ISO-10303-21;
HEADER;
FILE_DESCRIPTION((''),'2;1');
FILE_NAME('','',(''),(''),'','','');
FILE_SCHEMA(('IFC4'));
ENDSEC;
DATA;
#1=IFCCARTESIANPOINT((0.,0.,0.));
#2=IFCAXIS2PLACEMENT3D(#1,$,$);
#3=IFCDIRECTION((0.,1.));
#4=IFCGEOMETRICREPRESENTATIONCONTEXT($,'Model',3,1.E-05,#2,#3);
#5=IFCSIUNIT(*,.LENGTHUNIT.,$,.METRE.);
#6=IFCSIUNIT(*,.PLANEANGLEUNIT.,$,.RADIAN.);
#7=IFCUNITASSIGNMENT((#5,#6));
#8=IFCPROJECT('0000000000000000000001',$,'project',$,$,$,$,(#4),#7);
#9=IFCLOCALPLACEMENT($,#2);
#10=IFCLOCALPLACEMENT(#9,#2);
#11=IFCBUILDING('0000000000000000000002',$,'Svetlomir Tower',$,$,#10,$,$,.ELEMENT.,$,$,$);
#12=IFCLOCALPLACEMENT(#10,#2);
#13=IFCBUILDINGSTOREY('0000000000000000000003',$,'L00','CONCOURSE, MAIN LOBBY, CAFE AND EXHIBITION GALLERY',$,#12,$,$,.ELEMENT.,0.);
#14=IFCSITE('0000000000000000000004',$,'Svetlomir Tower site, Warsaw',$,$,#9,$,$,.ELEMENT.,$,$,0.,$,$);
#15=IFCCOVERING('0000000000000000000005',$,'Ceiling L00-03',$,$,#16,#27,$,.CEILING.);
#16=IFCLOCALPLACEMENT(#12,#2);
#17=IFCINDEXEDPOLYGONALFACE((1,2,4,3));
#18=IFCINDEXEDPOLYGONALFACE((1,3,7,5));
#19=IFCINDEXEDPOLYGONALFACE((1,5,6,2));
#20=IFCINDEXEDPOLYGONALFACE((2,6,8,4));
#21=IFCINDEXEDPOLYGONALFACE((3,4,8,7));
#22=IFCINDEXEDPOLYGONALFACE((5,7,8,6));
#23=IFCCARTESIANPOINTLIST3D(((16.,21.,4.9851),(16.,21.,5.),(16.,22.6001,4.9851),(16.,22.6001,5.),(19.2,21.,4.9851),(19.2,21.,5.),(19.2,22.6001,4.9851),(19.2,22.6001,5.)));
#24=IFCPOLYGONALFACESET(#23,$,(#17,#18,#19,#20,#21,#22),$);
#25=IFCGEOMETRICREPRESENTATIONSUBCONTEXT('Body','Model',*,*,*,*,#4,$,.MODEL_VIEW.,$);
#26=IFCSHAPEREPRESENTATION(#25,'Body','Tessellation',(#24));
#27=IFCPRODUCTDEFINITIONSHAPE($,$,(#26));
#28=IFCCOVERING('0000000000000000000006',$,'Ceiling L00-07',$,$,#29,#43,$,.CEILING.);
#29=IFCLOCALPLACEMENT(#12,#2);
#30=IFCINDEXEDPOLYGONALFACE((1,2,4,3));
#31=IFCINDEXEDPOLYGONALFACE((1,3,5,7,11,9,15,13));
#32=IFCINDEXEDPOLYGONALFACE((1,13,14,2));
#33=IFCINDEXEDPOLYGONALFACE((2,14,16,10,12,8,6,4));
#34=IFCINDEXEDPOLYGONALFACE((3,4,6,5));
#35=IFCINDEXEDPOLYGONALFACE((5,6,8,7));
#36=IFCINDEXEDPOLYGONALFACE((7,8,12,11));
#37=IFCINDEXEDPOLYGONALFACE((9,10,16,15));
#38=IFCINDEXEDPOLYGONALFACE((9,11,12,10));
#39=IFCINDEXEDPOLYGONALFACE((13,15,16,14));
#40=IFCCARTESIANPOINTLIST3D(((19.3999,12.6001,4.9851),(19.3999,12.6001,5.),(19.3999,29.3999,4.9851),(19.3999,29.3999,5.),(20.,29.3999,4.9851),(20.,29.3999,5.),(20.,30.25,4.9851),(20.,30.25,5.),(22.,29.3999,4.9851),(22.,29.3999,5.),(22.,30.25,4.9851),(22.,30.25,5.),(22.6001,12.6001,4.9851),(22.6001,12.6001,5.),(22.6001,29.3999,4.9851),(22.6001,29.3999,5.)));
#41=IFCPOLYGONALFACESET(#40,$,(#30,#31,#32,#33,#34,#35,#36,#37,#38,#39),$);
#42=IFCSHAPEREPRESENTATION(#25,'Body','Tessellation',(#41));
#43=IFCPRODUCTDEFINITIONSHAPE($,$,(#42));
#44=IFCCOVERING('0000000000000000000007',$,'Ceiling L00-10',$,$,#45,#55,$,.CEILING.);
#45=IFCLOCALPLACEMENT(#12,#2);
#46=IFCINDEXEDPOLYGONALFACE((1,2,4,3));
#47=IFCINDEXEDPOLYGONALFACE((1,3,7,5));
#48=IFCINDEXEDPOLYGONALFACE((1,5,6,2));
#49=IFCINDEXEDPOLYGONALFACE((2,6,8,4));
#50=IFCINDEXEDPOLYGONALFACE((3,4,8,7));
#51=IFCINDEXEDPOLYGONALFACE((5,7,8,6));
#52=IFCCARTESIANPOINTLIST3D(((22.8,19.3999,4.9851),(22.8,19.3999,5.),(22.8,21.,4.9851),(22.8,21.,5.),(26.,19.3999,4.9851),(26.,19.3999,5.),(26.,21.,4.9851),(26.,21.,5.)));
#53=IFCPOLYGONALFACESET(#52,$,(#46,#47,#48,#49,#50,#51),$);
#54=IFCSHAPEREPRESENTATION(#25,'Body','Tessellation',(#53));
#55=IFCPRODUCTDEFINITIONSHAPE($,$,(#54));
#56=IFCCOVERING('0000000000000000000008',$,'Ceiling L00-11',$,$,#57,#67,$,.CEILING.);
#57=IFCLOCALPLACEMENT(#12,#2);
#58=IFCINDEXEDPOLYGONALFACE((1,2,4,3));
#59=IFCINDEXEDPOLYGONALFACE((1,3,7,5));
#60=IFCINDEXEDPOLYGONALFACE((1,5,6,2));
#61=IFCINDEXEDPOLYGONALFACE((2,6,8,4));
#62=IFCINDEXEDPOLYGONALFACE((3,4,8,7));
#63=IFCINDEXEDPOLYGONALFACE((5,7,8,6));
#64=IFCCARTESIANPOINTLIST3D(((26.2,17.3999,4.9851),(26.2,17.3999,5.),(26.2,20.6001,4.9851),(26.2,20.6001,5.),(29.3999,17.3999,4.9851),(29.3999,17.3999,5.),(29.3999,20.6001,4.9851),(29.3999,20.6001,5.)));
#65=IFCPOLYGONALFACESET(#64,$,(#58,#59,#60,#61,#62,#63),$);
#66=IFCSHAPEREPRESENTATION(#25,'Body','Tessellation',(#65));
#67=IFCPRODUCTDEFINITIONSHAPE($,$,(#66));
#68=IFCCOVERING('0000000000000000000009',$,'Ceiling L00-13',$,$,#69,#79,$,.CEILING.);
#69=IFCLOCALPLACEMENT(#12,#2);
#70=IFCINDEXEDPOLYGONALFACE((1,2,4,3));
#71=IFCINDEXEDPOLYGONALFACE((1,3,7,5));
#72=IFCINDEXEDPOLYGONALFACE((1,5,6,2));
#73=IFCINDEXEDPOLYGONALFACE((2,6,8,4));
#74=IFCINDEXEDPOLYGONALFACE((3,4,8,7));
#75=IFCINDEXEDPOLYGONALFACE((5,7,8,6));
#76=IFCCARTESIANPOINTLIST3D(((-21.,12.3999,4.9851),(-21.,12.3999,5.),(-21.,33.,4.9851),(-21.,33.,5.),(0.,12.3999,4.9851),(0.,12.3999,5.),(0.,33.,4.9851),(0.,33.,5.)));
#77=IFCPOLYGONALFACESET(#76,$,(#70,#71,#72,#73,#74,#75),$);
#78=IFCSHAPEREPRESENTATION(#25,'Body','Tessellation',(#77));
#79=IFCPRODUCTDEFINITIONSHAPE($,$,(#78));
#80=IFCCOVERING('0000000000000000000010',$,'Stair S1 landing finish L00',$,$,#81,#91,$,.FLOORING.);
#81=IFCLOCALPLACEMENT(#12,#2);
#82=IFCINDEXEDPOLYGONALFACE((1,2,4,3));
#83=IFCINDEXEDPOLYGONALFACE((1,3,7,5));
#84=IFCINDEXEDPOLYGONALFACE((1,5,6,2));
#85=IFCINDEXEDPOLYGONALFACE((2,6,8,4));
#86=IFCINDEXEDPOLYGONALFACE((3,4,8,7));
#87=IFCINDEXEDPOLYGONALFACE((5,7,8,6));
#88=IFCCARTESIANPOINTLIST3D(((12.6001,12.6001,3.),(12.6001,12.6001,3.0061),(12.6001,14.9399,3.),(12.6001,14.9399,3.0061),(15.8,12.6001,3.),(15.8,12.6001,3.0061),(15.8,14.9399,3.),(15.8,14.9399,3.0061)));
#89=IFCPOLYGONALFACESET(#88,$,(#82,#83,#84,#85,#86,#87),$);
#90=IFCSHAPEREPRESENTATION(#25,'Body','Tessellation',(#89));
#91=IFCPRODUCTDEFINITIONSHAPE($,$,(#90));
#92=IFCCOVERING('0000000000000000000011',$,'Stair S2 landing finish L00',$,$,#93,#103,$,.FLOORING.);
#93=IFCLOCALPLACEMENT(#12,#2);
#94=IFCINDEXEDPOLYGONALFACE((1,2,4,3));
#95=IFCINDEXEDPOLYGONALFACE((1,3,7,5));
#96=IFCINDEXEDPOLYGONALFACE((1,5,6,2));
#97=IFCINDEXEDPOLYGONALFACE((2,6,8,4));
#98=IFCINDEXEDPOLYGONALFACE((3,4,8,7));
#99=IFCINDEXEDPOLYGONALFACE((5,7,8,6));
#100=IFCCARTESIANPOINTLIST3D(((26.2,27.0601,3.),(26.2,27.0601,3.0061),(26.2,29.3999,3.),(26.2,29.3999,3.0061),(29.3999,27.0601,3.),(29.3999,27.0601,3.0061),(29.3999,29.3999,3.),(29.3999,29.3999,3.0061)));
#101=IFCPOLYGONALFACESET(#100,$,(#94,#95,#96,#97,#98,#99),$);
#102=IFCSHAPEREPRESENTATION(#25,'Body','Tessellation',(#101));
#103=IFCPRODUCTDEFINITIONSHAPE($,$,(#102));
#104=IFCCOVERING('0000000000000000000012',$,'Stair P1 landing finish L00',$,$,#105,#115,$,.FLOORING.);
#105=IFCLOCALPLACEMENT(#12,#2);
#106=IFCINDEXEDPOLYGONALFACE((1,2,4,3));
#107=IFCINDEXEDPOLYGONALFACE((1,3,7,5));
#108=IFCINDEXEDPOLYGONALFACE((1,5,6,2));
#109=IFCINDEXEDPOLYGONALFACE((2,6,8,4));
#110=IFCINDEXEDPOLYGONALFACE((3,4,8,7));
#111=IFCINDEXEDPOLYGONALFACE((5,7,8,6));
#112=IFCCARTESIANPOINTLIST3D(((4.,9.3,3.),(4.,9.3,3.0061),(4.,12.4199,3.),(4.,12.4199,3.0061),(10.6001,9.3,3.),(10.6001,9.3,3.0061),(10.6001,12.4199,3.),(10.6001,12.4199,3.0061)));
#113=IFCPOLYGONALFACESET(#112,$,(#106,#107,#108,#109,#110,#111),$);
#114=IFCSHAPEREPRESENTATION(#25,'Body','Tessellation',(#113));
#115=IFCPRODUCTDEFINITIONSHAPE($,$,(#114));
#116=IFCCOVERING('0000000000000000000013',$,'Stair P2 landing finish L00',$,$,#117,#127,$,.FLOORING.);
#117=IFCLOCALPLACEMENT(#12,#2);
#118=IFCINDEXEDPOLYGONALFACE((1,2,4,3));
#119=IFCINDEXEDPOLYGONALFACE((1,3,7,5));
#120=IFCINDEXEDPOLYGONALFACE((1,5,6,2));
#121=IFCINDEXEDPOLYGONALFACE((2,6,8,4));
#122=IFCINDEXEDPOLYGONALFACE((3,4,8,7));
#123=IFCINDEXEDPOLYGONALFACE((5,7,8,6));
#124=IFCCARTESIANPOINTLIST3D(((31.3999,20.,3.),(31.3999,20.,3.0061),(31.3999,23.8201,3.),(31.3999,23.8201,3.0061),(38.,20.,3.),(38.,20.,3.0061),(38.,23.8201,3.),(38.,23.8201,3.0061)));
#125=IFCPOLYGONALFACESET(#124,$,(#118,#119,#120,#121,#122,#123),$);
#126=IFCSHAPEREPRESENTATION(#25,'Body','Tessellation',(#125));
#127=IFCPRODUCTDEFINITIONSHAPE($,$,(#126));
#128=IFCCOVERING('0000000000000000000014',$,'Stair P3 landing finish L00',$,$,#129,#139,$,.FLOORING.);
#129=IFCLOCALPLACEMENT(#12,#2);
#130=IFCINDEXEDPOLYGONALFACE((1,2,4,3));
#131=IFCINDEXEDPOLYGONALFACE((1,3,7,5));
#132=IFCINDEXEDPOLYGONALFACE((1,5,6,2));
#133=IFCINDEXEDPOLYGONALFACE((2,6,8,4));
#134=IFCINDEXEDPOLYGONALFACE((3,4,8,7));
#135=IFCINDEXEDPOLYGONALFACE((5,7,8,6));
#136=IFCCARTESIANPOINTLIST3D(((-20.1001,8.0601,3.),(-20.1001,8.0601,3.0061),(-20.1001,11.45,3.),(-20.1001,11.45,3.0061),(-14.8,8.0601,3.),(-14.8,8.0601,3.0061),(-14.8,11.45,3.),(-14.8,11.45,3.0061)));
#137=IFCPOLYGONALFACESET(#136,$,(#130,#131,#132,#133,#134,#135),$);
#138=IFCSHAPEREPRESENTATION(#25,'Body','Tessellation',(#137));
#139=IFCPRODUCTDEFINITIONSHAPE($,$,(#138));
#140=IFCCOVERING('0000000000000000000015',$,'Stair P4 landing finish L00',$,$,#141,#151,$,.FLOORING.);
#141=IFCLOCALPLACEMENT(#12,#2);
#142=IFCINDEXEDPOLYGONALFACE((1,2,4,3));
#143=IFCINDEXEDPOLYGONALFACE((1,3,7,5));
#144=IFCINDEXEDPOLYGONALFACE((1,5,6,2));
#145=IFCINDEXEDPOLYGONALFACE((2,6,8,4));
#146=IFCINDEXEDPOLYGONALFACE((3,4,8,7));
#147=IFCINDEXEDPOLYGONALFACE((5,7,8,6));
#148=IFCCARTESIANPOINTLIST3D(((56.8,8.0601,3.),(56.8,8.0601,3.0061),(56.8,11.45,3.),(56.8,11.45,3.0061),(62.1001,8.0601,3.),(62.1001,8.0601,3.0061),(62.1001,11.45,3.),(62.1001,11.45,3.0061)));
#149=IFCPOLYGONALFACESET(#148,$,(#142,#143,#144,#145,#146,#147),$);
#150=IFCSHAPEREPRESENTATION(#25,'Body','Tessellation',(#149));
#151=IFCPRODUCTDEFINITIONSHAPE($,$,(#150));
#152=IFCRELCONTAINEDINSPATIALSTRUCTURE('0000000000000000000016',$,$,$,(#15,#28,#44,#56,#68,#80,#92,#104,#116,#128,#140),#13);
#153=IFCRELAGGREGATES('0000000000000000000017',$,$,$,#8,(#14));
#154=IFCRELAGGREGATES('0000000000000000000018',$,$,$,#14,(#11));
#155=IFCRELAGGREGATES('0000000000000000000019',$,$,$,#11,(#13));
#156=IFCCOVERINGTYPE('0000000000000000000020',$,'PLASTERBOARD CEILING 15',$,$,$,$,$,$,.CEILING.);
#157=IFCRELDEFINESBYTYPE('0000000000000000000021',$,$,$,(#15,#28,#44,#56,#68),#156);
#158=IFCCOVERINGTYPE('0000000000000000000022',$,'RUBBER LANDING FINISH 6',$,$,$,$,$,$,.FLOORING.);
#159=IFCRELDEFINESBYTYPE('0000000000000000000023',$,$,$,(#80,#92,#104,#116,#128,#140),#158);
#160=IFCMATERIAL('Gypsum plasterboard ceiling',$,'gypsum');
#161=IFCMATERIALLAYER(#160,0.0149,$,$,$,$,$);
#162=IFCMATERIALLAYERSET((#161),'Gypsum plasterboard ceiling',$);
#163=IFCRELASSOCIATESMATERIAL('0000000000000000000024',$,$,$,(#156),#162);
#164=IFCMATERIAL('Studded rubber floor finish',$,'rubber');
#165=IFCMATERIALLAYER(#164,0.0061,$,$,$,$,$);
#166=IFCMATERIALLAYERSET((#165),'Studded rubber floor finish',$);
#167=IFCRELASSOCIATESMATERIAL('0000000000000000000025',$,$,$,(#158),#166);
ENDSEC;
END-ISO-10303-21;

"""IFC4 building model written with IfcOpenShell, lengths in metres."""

from ifc_helpers import new_model, si_unit, direction, frame, origin, place, context, subcontext, project, spatial, polyline, outline, extrude, material, layer, layer_set, type_object, element, save


model = new_model("IFC4")

# Units and contexts
model_context = context("Model", 3, precision=1e-05, world=origin(), true_north=direction((0.0, 1.0)))
body_context = subcontext(model_context, "Body", "Model", "MODEL_VIEW")
ifc_project = project(units=[si_unit("LENGTHUNIT", "METRE"), si_unit("PLANEANGLEUNIT", "RADIAN")], contexts=[model_context])

# Site, building, storey
site_placement = place(None, origin())
site = spatial("IfcSite", under=ifc_project, at=site_placement, Name="Svetlomir Tower site, Warsaw", CompositionType="ELEMENT", RefElevation=0.0)
building_placement = place(site_placement, origin())
building = spatial("IfcBuilding", under=site, at=building_placement, Name="Svetlomir Tower", CompositionType="ELEMENT")
storey_placement = place(building_placement, origin())
storey = spatial("IfcBuildingStorey", under=building, at=storey_placement, Name="L00", Description="CONCOURSE, MAIN LOBBY, CAFE AND EXHIBITION GALLERY", CompositionType="ELEMENT", Elevation=0.0)

# Coverings
ifc_material_1 = material(Name="Gypsum plasterboard ceiling", Category="gypsum")
ifc_layer_1 = layer(ifc_material_1, 0.0149)
ifc_layer_set_1 = layer_set([ifc_layer_1], Name="Gypsum plasterboard ceiling")
covering_type_1 = type_object("IfcCoveringType", Name="PLASTERBOARD CEILING 15", PredefinedType="CEILING", material=ifc_layer_set_1)
covering_1_placement = place(storey_placement, frame((0.0, 0.0, 4.9851)))
element("IfcCovering", 1, at=covering_1_placement, inside=storey, type_object=covering_type_1, Name="Ceiling L00-03", PredefinedType="CEILING", context=body_context, shape_type="SweptSolid", body=[
    extrude(outline(polyline([(16.0, 21.0), (19.2, 21.0), (19.2, 22.6001), (16.0, 22.6001), (16.0, 21.0)])), origin(), (0.0, 0.0, 1.0), 0.0149),
])
covering_2_placement = place(storey_placement, frame((0.0, 0.0, 4.9851)))
element("IfcCovering", 2, at=covering_2_placement, inside=storey, type_object=covering_type_1, Name="Ceiling L00-07", PredefinedType="CEILING", context=body_context, shape_type="SweptSolid", body=[
    extrude(outline(polyline([(19.3999, 12.6001), (22.6001, 12.6001), (22.6001, 29.3999), (22.0, 29.3999), (22.0, 30.25), (20.0, 30.25), (20.0, 29.3999), (19.3999, 29.3999), (19.3999, 12.6001)])), origin(), (0.0, 0.0, 1.0), 0.0149),
])
covering_3_placement = place(storey_placement, frame((0.0, 0.0, 4.9851)))
element("IfcCovering", 3, at=covering_3_placement, inside=storey, type_object=covering_type_1, Name="Ceiling L00-10", PredefinedType="CEILING", context=body_context, shape_type="SweptSolid", body=[
    extrude(outline(polyline([(22.8, 19.3999), (26.0, 19.3999), (26.0, 21.0), (22.8, 21.0), (22.8, 19.3999)])), origin(), (0.0, 0.0, 1.0), 0.0149),
])
covering_4_placement = place(storey_placement, frame((0.0, 0.0, 4.9851)))
element("IfcCovering", 4, at=covering_4_placement, inside=storey, type_object=covering_type_1, Name="Ceiling L00-11", PredefinedType="CEILING", context=body_context, shape_type="SweptSolid", body=[
    extrude(outline(polyline([(26.2, 17.3999), (29.3999, 17.3999), (29.3999, 20.6001), (26.2, 20.6001), (26.2, 17.3999)])), origin(), (0.0, 0.0, 1.0), 0.0149),
])
covering_5_placement = place(storey_placement, frame((0.0, 0.0, 4.9851)))
element("IfcCovering", 5, at=covering_5_placement, inside=storey, type_object=covering_type_1, Name="Ceiling L00-13", PredefinedType="CEILING", context=body_context, shape_type="SweptSolid", body=[
    extrude(outline(polyline([(-21.0, 12.3999), (0.0, 12.3999), (0.0, 33.0), (-21.0, 33.0), (-21.0, 12.3999)])), origin(), (0.0, 0.0, 1.0), 0.0149),
])
ifc_material_2 = material(Name="Studded rubber floor finish", Category="rubber")
ifc_layer_2 = layer(ifc_material_2, 0.0061)
ifc_layer_set_2 = layer_set([ifc_layer_2], Name="Studded rubber floor finish")
covering_type_2 = type_object("IfcCoveringType", Name="RUBBER LANDING FINISH 6", PredefinedType="FLOORING", material=ifc_layer_set_2)
covering_6_placement = place(storey_placement, frame((0.0, 0.0, 3.0)))
element("IfcCovering", 6, at=covering_6_placement, inside=storey, type_object=covering_type_2, Name="Stair S1 landing finish L00", PredefinedType="FLOORING", context=body_context, shape_type="SweptSolid", body=[
    extrude(outline(polyline([(12.6001, 12.6001), (15.8, 12.6001), (15.8, 14.9399), (12.6001, 14.9399), (12.6001, 12.6001)])), origin(), (0.0, 0.0, 1.0), 0.0061),
])
covering_7_placement = place(storey_placement, frame((0.0, 0.0, 3.0)))
element("IfcCovering", 7, at=covering_7_placement, inside=storey, type_object=covering_type_2, Name="Stair S2 landing finish L00", PredefinedType="FLOORING", context=body_context, shape_type="SweptSolid", body=[
    extrude(outline(polyline([(26.2, 27.0601), (29.3999, 27.0601), (29.3999, 29.3999), (26.2, 29.3999), (26.2, 27.0601)])), origin(), (0.0, 0.0, 1.0), 0.0061),
])
covering_8_placement = place(storey_placement, frame((0.0, 0.0, 3.0)))
element("IfcCovering", 8, at=covering_8_placement, inside=storey, type_object=covering_type_2, Name="Stair P1 landing finish L00", PredefinedType="FLOORING", context=body_context, shape_type="SweptSolid", body=[
    extrude(outline(polyline([(4.0, 9.3), (10.6001, 9.3), (10.6001, 12.4199), (4.0, 12.4199), (4.0, 9.3)])), origin(), (0.0, 0.0, 1.0), 0.0061),
])
covering_9_placement = place(storey_placement, frame((0.0, 0.0, 3.0)))
element("IfcCovering", 9, at=covering_9_placement, inside=storey, type_object=covering_type_2, Name="Stair P2 landing finish L00", PredefinedType="FLOORING", context=body_context, shape_type="SweptSolid", body=[
    extrude(outline(polyline([(31.3999, 20.0), (38.0, 20.0), (38.0, 23.8201), (31.3999, 23.8201), (31.3999, 20.0)])), origin(), (0.0, 0.0, 1.0), 0.0061),
])
covering_10_placement = place(storey_placement, frame((0.0, 0.0, 3.0)))
element("IfcCovering", 10, at=covering_10_placement, inside=storey, type_object=covering_type_2, Name="Stair P3 landing finish L00", PredefinedType="FLOORING", context=body_context, shape_type="SweptSolid", body=[
    extrude(outline(polyline([(-20.1001, 8.0601), (-14.8, 8.0601), (-14.8, 11.45), (-20.1001, 11.45), (-20.1001, 8.0601)])), origin(), (0.0, 0.0, 1.0), 0.0061),
])
covering_11_placement = place(storey_placement, frame((0.0, 0.0, 3.0)))
element("IfcCovering", 11, at=covering_11_placement, inside=storey, type_object=covering_type_2, Name="Stair P4 landing finish L00", PredefinedType="FLOORING", context=body_context, shape_type="SweptSolid", body=[
    extrude(outline(polyline([(56.8, 8.0601), (62.1001, 8.0601), (62.1001, 11.45), (56.8, 11.45), (56.8, 8.0601)])), origin(), (0.0, 0.0, 1.0), 0.0061),
])

save(model, "model.ifc")
